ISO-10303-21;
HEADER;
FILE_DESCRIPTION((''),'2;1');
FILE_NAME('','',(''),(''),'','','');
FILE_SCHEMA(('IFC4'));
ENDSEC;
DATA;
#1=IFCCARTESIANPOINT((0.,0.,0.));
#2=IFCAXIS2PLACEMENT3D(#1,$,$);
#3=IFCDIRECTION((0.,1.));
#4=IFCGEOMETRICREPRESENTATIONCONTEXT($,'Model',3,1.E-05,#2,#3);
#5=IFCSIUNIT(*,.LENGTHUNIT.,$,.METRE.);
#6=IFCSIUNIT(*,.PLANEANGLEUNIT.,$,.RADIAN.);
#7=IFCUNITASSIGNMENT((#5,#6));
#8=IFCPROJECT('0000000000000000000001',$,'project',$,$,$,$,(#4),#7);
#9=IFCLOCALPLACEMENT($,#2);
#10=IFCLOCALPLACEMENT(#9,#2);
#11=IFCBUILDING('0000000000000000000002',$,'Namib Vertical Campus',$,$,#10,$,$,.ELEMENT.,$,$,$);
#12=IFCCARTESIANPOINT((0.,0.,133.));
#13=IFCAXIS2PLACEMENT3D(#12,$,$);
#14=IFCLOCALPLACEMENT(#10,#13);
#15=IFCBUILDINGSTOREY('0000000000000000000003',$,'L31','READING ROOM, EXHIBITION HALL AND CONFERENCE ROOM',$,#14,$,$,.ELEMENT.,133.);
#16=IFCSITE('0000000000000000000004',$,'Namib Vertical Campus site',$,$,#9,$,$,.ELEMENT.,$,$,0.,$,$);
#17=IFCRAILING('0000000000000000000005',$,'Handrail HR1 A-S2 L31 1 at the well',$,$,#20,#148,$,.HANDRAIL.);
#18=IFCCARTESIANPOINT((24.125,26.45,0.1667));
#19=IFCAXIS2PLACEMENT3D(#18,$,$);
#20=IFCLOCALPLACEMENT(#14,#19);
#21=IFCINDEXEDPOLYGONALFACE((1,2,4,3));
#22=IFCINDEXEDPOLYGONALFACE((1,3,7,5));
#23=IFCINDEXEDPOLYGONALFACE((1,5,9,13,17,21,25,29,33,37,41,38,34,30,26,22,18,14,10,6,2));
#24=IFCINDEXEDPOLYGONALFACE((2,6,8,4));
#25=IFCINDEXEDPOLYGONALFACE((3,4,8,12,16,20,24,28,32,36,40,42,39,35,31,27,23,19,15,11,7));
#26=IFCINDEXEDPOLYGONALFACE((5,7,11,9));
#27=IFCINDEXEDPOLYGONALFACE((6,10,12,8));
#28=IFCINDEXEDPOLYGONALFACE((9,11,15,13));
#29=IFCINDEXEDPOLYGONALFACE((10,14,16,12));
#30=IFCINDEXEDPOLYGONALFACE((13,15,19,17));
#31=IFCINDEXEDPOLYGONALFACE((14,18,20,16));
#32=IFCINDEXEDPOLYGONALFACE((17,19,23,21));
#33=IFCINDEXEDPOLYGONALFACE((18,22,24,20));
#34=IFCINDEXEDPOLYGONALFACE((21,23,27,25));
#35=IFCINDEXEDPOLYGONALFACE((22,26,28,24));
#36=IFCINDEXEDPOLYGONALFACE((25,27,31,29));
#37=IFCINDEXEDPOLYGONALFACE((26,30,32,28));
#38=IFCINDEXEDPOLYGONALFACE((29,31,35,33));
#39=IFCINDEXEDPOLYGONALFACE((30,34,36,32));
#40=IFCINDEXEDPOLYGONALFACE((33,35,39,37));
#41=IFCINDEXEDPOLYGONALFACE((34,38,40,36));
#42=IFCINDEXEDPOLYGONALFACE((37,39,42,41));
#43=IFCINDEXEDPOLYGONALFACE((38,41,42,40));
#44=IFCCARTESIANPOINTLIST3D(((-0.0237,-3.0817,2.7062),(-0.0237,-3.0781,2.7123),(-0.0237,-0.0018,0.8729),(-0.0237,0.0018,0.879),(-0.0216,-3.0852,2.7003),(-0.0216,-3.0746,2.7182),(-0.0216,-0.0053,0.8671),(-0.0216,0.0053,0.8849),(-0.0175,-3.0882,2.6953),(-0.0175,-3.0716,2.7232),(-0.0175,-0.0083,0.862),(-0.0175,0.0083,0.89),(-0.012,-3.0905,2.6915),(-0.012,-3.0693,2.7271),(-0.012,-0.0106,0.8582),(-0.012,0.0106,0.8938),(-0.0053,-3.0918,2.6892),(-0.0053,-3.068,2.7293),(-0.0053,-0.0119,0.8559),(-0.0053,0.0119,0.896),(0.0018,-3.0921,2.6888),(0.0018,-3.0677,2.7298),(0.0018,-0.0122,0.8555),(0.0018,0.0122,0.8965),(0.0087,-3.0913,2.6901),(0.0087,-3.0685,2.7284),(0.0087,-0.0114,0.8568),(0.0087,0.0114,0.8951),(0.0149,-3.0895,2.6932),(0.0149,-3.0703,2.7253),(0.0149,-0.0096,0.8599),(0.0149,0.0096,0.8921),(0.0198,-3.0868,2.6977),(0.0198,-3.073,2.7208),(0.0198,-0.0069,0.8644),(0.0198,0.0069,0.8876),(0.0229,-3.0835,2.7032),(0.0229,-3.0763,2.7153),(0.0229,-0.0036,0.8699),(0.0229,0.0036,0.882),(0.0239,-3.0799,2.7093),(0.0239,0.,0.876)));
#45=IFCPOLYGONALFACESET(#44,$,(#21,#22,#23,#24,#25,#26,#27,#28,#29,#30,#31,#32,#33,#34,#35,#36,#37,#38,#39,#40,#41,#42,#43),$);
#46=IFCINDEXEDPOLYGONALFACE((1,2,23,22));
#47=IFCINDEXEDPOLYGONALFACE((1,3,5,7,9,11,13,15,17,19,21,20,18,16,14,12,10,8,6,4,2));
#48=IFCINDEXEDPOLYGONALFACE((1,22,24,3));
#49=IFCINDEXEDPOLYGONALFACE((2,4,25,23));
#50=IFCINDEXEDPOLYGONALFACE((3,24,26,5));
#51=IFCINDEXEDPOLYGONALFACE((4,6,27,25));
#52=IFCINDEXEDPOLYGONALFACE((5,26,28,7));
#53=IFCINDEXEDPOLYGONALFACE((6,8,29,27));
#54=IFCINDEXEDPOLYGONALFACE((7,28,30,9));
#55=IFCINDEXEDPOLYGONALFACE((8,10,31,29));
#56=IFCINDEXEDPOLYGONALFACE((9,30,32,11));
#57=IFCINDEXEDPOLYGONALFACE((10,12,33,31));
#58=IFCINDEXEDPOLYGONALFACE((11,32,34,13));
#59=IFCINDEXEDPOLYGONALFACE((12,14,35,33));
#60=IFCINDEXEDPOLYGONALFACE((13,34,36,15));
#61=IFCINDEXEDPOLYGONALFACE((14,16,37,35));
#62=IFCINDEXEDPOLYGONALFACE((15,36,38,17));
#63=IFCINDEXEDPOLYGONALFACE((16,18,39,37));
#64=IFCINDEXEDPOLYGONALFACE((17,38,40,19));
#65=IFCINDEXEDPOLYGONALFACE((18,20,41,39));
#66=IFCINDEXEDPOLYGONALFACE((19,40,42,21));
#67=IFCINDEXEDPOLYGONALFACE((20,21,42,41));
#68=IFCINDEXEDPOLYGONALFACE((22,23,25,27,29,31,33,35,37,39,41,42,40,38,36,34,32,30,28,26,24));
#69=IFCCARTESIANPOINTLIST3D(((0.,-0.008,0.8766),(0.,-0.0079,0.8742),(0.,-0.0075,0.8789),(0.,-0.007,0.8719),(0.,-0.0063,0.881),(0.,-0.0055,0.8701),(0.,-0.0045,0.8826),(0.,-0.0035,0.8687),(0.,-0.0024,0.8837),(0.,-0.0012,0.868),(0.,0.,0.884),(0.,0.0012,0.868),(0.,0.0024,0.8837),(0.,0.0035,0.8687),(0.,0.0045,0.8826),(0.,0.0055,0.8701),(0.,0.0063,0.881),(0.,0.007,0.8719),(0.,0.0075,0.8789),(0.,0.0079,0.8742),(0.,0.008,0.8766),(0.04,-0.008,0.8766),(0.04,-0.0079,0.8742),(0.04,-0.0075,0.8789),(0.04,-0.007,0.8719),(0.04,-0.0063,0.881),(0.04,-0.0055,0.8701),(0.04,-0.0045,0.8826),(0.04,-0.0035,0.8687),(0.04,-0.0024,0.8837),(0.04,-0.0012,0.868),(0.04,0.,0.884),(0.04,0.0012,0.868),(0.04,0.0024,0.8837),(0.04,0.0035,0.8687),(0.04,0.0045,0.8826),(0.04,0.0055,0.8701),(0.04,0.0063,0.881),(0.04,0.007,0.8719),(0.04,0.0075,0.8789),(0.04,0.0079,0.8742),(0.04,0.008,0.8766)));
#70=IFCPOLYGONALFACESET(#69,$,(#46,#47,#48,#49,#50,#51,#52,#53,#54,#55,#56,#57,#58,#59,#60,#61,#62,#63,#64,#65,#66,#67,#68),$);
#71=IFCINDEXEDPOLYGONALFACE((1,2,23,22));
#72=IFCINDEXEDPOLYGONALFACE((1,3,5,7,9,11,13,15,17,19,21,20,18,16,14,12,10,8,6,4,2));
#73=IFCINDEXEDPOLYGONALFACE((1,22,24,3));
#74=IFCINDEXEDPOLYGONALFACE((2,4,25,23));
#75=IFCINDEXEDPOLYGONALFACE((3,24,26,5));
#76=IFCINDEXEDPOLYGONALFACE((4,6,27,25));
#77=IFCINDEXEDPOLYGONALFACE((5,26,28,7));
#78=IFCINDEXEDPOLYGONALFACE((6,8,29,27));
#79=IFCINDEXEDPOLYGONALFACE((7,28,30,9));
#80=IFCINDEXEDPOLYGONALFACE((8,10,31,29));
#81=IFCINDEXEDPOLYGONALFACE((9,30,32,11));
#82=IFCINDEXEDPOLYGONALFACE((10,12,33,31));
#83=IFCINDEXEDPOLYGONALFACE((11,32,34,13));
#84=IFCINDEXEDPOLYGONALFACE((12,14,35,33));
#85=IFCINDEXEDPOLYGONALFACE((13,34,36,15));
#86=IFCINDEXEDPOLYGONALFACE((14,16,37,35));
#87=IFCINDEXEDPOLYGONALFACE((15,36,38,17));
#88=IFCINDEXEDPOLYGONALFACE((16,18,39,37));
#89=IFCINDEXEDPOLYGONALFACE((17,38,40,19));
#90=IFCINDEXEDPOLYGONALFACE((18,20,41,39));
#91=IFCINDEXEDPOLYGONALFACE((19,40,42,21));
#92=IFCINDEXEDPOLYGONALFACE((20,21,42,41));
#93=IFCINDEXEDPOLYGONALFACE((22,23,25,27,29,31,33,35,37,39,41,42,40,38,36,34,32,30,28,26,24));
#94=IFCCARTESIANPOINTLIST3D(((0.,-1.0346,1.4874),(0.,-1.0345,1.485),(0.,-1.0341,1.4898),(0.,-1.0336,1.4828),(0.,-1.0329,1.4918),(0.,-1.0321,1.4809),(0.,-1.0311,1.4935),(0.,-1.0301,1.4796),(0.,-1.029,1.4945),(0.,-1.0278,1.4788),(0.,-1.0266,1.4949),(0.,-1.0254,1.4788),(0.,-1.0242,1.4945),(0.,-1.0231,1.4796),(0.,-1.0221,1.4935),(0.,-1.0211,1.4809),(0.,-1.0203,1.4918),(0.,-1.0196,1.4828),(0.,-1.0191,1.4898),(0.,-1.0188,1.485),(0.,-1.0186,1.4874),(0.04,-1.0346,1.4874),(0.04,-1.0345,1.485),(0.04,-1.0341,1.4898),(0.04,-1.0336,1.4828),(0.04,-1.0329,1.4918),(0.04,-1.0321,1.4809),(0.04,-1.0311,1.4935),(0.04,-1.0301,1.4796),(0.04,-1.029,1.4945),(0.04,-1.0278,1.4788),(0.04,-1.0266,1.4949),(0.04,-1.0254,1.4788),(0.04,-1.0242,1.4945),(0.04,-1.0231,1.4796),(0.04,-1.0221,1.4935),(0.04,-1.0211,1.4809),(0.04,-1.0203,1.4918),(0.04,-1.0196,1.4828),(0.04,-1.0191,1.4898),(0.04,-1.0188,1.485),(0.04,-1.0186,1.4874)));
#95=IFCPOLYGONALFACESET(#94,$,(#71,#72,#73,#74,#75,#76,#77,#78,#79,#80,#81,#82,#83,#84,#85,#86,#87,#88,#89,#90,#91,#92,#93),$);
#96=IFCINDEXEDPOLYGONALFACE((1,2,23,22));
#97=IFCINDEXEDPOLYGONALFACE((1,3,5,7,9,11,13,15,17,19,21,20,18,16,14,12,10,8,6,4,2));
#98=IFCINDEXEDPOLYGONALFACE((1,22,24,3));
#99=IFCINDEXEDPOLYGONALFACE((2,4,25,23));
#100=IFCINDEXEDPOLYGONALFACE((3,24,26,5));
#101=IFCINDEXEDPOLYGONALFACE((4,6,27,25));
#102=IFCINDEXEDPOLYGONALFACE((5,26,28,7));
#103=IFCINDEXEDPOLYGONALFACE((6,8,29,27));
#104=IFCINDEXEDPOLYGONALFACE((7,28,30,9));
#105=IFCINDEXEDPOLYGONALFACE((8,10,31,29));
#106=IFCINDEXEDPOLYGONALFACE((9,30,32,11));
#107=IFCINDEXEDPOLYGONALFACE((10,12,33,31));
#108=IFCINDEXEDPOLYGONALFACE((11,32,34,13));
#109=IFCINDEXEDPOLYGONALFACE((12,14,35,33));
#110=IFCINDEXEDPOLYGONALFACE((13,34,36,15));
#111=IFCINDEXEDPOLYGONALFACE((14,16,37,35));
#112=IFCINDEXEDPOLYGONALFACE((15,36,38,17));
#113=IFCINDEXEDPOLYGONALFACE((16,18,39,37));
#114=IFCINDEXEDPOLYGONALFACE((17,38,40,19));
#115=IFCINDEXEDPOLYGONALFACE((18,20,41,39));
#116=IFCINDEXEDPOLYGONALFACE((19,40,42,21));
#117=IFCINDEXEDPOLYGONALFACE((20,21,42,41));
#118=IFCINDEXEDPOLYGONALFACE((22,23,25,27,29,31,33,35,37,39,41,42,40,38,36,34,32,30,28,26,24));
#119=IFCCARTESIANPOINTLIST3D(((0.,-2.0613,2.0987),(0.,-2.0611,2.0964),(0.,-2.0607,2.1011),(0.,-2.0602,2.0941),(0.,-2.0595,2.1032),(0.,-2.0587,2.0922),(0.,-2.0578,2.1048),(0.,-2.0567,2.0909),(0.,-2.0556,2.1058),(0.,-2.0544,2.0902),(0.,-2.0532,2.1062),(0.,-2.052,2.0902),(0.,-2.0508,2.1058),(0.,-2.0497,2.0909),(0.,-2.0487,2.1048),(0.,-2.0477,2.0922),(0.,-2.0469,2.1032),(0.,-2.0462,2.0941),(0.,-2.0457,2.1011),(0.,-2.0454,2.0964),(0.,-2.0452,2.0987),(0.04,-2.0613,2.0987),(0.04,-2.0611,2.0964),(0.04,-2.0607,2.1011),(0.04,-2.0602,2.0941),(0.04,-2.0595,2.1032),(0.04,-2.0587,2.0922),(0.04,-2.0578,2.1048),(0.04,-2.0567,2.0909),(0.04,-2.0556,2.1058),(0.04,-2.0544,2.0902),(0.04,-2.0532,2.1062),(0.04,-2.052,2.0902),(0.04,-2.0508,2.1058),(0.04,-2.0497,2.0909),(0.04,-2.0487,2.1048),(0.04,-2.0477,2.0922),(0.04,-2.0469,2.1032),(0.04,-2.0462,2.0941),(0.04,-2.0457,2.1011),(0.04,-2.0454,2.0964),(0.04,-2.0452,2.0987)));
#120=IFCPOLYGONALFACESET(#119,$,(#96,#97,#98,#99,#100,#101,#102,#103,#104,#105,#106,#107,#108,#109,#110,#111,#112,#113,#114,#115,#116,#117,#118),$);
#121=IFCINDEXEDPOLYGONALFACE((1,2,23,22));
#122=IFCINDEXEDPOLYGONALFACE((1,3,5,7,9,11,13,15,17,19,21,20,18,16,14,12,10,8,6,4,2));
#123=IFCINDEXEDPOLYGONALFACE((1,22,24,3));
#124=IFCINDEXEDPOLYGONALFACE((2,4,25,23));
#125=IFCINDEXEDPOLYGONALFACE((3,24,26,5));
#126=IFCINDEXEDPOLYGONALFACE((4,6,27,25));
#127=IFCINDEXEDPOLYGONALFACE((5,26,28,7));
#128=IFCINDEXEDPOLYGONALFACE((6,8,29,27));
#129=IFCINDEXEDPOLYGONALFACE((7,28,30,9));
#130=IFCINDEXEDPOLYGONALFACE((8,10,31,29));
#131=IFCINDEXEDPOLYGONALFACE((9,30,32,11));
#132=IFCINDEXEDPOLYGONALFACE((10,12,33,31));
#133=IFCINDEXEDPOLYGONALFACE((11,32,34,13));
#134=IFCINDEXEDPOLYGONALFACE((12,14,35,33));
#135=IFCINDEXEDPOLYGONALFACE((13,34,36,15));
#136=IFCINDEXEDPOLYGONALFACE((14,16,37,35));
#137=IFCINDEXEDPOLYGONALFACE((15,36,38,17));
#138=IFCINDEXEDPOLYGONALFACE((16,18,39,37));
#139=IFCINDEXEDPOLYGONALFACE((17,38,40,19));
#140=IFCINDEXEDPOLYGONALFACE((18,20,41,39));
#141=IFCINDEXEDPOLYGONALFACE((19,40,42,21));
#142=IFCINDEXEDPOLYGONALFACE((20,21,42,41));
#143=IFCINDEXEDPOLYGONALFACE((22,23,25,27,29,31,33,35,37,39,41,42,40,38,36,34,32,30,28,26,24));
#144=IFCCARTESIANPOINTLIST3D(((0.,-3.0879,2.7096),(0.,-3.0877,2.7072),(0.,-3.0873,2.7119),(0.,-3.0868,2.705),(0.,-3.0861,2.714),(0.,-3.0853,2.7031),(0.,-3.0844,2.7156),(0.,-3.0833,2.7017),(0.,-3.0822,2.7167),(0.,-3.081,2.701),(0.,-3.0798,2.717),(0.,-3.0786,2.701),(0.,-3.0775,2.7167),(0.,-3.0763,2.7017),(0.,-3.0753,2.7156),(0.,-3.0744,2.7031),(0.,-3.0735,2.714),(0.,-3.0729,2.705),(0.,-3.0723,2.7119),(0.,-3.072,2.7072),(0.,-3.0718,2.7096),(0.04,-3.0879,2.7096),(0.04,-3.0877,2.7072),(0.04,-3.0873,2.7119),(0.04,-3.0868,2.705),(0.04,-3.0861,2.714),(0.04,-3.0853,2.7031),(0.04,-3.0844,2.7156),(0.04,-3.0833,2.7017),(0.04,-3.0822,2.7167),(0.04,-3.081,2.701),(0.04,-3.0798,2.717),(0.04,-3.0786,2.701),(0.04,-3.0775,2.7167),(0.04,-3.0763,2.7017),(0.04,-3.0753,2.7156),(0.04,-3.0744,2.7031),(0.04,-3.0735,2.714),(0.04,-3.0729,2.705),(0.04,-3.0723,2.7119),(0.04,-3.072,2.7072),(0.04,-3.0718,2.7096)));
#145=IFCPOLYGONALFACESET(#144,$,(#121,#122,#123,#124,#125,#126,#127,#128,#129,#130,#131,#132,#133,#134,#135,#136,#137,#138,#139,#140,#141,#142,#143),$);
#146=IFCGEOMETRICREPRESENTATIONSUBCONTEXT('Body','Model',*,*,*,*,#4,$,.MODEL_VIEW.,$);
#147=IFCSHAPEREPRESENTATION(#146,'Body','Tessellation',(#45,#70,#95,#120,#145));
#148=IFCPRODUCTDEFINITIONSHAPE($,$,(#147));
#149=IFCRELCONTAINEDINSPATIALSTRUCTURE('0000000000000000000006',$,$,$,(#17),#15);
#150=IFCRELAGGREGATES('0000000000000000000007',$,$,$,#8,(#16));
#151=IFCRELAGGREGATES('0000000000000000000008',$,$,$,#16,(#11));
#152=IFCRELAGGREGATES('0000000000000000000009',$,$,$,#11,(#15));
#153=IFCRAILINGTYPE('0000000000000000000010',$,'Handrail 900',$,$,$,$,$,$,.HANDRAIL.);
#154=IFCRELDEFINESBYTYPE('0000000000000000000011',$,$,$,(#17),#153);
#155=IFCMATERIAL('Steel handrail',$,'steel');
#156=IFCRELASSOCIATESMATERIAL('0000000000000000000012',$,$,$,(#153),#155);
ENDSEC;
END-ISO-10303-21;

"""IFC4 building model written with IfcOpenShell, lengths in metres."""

from ifc_helpers import new_model, si_unit, direction, frame, origin, origin_2d, place, context, subcontext, project, spatial, circle, extrude, material, type_object, element, save


model = new_model("IFC4")

# Units and contexts
model_context = context("Model", 3, precision=1e-05, world=origin(), true_north=direction((0.0, 1.0)))
body_context = subcontext(model_context, "Body", "Model", "MODEL_VIEW")
ifc_project = project(units=[si_unit("LENGTHUNIT", "METRE"), si_unit("PLANEANGLEUNIT", "RADIAN")], contexts=[model_context])

# Site, building, storey
site_placement = place(None, origin())
site = spatial("IfcSite", under=ifc_project, at=site_placement, Name="Namib Vertical Campus site", CompositionType="ELEMENT", RefElevation=0.0)
building_placement = place(site_placement, origin())
building = spatial("IfcBuilding", under=site, at=building_placement, Name="Namib Vertical Campus", CompositionType="ELEMENT")
storey_placement = place(building_placement, frame((0.0, 0.0, 133.0)))
storey = spatial("IfcBuildingStorey", under=building, at=storey_placement, Name="L31", Description="READING ROOM, EXHIBITION HALL AND CONFERENCE ROOM", CompositionType="ELEMENT", Elevation=133.0)

# Railing
ifc_material_1 = material(Name="Steel handrail", Category="steel")
railing_type_1 = type_object("IfcRailingType", Name="Handrail 900", PredefinedType="HANDRAIL", material=ifc_material_1)
railing_1_placement = place(storey_placement, frame((24.125, 26.45, 0.1667)))
element("IfcRailing", 1, at=railing_1_placement, inside=storey, type_object=railing_type_1, Name="Handrail HR1 A-S2 L31 1 at the well", PredefinedType="HANDRAIL", context=body_context, shape_type="SweptSolid", body=[
    extrude(circle(Radius=0.0239, at=origin_2d()), frame((0.0, 0.0, 0.876), z_axis=(0.0, -0.859291, 0.511487), x_axis=(1.0, 0.0, 0.0)), (0.0, 0.0, 1.0), 3.5842),
    extrude(circle(Radius=0.0081, at=origin_2d()), frame((0.0, 0.0, 0.876), z_axis=(1.0, 0.0, 0.0), x_axis=(0.0, 0.0, 1.0)), (0.0, 0.0, 1.0), 0.04),
    extrude(circle(Radius=0.0081, at=origin_2d()), frame((0.0, -1.0266, 1.4868), z_axis=(1.0, 0.0, 0.0), x_axis=(0.0, 0.0, 1.0)), (0.0, 0.0, 1.0), 0.04),
    extrude(circle(Radius=0.0081, at=origin_2d()), frame((0.0, -2.0532, 2.0981), z_axis=(1.0, 0.0, 0.0), x_axis=(0.0, 0.0, 1.0)), (0.0, 0.0, 1.0), 0.04),
    extrude(circle(Radius=0.0081, at=origin_2d()), frame((0.0, -3.0798, 2.709), z_axis=(1.0, 0.0, 0.0), x_axis=(0.0, 0.0, 1.0)), (0.0, 0.0, 1.0), 0.04),
])

save(model, "model.ifc")
